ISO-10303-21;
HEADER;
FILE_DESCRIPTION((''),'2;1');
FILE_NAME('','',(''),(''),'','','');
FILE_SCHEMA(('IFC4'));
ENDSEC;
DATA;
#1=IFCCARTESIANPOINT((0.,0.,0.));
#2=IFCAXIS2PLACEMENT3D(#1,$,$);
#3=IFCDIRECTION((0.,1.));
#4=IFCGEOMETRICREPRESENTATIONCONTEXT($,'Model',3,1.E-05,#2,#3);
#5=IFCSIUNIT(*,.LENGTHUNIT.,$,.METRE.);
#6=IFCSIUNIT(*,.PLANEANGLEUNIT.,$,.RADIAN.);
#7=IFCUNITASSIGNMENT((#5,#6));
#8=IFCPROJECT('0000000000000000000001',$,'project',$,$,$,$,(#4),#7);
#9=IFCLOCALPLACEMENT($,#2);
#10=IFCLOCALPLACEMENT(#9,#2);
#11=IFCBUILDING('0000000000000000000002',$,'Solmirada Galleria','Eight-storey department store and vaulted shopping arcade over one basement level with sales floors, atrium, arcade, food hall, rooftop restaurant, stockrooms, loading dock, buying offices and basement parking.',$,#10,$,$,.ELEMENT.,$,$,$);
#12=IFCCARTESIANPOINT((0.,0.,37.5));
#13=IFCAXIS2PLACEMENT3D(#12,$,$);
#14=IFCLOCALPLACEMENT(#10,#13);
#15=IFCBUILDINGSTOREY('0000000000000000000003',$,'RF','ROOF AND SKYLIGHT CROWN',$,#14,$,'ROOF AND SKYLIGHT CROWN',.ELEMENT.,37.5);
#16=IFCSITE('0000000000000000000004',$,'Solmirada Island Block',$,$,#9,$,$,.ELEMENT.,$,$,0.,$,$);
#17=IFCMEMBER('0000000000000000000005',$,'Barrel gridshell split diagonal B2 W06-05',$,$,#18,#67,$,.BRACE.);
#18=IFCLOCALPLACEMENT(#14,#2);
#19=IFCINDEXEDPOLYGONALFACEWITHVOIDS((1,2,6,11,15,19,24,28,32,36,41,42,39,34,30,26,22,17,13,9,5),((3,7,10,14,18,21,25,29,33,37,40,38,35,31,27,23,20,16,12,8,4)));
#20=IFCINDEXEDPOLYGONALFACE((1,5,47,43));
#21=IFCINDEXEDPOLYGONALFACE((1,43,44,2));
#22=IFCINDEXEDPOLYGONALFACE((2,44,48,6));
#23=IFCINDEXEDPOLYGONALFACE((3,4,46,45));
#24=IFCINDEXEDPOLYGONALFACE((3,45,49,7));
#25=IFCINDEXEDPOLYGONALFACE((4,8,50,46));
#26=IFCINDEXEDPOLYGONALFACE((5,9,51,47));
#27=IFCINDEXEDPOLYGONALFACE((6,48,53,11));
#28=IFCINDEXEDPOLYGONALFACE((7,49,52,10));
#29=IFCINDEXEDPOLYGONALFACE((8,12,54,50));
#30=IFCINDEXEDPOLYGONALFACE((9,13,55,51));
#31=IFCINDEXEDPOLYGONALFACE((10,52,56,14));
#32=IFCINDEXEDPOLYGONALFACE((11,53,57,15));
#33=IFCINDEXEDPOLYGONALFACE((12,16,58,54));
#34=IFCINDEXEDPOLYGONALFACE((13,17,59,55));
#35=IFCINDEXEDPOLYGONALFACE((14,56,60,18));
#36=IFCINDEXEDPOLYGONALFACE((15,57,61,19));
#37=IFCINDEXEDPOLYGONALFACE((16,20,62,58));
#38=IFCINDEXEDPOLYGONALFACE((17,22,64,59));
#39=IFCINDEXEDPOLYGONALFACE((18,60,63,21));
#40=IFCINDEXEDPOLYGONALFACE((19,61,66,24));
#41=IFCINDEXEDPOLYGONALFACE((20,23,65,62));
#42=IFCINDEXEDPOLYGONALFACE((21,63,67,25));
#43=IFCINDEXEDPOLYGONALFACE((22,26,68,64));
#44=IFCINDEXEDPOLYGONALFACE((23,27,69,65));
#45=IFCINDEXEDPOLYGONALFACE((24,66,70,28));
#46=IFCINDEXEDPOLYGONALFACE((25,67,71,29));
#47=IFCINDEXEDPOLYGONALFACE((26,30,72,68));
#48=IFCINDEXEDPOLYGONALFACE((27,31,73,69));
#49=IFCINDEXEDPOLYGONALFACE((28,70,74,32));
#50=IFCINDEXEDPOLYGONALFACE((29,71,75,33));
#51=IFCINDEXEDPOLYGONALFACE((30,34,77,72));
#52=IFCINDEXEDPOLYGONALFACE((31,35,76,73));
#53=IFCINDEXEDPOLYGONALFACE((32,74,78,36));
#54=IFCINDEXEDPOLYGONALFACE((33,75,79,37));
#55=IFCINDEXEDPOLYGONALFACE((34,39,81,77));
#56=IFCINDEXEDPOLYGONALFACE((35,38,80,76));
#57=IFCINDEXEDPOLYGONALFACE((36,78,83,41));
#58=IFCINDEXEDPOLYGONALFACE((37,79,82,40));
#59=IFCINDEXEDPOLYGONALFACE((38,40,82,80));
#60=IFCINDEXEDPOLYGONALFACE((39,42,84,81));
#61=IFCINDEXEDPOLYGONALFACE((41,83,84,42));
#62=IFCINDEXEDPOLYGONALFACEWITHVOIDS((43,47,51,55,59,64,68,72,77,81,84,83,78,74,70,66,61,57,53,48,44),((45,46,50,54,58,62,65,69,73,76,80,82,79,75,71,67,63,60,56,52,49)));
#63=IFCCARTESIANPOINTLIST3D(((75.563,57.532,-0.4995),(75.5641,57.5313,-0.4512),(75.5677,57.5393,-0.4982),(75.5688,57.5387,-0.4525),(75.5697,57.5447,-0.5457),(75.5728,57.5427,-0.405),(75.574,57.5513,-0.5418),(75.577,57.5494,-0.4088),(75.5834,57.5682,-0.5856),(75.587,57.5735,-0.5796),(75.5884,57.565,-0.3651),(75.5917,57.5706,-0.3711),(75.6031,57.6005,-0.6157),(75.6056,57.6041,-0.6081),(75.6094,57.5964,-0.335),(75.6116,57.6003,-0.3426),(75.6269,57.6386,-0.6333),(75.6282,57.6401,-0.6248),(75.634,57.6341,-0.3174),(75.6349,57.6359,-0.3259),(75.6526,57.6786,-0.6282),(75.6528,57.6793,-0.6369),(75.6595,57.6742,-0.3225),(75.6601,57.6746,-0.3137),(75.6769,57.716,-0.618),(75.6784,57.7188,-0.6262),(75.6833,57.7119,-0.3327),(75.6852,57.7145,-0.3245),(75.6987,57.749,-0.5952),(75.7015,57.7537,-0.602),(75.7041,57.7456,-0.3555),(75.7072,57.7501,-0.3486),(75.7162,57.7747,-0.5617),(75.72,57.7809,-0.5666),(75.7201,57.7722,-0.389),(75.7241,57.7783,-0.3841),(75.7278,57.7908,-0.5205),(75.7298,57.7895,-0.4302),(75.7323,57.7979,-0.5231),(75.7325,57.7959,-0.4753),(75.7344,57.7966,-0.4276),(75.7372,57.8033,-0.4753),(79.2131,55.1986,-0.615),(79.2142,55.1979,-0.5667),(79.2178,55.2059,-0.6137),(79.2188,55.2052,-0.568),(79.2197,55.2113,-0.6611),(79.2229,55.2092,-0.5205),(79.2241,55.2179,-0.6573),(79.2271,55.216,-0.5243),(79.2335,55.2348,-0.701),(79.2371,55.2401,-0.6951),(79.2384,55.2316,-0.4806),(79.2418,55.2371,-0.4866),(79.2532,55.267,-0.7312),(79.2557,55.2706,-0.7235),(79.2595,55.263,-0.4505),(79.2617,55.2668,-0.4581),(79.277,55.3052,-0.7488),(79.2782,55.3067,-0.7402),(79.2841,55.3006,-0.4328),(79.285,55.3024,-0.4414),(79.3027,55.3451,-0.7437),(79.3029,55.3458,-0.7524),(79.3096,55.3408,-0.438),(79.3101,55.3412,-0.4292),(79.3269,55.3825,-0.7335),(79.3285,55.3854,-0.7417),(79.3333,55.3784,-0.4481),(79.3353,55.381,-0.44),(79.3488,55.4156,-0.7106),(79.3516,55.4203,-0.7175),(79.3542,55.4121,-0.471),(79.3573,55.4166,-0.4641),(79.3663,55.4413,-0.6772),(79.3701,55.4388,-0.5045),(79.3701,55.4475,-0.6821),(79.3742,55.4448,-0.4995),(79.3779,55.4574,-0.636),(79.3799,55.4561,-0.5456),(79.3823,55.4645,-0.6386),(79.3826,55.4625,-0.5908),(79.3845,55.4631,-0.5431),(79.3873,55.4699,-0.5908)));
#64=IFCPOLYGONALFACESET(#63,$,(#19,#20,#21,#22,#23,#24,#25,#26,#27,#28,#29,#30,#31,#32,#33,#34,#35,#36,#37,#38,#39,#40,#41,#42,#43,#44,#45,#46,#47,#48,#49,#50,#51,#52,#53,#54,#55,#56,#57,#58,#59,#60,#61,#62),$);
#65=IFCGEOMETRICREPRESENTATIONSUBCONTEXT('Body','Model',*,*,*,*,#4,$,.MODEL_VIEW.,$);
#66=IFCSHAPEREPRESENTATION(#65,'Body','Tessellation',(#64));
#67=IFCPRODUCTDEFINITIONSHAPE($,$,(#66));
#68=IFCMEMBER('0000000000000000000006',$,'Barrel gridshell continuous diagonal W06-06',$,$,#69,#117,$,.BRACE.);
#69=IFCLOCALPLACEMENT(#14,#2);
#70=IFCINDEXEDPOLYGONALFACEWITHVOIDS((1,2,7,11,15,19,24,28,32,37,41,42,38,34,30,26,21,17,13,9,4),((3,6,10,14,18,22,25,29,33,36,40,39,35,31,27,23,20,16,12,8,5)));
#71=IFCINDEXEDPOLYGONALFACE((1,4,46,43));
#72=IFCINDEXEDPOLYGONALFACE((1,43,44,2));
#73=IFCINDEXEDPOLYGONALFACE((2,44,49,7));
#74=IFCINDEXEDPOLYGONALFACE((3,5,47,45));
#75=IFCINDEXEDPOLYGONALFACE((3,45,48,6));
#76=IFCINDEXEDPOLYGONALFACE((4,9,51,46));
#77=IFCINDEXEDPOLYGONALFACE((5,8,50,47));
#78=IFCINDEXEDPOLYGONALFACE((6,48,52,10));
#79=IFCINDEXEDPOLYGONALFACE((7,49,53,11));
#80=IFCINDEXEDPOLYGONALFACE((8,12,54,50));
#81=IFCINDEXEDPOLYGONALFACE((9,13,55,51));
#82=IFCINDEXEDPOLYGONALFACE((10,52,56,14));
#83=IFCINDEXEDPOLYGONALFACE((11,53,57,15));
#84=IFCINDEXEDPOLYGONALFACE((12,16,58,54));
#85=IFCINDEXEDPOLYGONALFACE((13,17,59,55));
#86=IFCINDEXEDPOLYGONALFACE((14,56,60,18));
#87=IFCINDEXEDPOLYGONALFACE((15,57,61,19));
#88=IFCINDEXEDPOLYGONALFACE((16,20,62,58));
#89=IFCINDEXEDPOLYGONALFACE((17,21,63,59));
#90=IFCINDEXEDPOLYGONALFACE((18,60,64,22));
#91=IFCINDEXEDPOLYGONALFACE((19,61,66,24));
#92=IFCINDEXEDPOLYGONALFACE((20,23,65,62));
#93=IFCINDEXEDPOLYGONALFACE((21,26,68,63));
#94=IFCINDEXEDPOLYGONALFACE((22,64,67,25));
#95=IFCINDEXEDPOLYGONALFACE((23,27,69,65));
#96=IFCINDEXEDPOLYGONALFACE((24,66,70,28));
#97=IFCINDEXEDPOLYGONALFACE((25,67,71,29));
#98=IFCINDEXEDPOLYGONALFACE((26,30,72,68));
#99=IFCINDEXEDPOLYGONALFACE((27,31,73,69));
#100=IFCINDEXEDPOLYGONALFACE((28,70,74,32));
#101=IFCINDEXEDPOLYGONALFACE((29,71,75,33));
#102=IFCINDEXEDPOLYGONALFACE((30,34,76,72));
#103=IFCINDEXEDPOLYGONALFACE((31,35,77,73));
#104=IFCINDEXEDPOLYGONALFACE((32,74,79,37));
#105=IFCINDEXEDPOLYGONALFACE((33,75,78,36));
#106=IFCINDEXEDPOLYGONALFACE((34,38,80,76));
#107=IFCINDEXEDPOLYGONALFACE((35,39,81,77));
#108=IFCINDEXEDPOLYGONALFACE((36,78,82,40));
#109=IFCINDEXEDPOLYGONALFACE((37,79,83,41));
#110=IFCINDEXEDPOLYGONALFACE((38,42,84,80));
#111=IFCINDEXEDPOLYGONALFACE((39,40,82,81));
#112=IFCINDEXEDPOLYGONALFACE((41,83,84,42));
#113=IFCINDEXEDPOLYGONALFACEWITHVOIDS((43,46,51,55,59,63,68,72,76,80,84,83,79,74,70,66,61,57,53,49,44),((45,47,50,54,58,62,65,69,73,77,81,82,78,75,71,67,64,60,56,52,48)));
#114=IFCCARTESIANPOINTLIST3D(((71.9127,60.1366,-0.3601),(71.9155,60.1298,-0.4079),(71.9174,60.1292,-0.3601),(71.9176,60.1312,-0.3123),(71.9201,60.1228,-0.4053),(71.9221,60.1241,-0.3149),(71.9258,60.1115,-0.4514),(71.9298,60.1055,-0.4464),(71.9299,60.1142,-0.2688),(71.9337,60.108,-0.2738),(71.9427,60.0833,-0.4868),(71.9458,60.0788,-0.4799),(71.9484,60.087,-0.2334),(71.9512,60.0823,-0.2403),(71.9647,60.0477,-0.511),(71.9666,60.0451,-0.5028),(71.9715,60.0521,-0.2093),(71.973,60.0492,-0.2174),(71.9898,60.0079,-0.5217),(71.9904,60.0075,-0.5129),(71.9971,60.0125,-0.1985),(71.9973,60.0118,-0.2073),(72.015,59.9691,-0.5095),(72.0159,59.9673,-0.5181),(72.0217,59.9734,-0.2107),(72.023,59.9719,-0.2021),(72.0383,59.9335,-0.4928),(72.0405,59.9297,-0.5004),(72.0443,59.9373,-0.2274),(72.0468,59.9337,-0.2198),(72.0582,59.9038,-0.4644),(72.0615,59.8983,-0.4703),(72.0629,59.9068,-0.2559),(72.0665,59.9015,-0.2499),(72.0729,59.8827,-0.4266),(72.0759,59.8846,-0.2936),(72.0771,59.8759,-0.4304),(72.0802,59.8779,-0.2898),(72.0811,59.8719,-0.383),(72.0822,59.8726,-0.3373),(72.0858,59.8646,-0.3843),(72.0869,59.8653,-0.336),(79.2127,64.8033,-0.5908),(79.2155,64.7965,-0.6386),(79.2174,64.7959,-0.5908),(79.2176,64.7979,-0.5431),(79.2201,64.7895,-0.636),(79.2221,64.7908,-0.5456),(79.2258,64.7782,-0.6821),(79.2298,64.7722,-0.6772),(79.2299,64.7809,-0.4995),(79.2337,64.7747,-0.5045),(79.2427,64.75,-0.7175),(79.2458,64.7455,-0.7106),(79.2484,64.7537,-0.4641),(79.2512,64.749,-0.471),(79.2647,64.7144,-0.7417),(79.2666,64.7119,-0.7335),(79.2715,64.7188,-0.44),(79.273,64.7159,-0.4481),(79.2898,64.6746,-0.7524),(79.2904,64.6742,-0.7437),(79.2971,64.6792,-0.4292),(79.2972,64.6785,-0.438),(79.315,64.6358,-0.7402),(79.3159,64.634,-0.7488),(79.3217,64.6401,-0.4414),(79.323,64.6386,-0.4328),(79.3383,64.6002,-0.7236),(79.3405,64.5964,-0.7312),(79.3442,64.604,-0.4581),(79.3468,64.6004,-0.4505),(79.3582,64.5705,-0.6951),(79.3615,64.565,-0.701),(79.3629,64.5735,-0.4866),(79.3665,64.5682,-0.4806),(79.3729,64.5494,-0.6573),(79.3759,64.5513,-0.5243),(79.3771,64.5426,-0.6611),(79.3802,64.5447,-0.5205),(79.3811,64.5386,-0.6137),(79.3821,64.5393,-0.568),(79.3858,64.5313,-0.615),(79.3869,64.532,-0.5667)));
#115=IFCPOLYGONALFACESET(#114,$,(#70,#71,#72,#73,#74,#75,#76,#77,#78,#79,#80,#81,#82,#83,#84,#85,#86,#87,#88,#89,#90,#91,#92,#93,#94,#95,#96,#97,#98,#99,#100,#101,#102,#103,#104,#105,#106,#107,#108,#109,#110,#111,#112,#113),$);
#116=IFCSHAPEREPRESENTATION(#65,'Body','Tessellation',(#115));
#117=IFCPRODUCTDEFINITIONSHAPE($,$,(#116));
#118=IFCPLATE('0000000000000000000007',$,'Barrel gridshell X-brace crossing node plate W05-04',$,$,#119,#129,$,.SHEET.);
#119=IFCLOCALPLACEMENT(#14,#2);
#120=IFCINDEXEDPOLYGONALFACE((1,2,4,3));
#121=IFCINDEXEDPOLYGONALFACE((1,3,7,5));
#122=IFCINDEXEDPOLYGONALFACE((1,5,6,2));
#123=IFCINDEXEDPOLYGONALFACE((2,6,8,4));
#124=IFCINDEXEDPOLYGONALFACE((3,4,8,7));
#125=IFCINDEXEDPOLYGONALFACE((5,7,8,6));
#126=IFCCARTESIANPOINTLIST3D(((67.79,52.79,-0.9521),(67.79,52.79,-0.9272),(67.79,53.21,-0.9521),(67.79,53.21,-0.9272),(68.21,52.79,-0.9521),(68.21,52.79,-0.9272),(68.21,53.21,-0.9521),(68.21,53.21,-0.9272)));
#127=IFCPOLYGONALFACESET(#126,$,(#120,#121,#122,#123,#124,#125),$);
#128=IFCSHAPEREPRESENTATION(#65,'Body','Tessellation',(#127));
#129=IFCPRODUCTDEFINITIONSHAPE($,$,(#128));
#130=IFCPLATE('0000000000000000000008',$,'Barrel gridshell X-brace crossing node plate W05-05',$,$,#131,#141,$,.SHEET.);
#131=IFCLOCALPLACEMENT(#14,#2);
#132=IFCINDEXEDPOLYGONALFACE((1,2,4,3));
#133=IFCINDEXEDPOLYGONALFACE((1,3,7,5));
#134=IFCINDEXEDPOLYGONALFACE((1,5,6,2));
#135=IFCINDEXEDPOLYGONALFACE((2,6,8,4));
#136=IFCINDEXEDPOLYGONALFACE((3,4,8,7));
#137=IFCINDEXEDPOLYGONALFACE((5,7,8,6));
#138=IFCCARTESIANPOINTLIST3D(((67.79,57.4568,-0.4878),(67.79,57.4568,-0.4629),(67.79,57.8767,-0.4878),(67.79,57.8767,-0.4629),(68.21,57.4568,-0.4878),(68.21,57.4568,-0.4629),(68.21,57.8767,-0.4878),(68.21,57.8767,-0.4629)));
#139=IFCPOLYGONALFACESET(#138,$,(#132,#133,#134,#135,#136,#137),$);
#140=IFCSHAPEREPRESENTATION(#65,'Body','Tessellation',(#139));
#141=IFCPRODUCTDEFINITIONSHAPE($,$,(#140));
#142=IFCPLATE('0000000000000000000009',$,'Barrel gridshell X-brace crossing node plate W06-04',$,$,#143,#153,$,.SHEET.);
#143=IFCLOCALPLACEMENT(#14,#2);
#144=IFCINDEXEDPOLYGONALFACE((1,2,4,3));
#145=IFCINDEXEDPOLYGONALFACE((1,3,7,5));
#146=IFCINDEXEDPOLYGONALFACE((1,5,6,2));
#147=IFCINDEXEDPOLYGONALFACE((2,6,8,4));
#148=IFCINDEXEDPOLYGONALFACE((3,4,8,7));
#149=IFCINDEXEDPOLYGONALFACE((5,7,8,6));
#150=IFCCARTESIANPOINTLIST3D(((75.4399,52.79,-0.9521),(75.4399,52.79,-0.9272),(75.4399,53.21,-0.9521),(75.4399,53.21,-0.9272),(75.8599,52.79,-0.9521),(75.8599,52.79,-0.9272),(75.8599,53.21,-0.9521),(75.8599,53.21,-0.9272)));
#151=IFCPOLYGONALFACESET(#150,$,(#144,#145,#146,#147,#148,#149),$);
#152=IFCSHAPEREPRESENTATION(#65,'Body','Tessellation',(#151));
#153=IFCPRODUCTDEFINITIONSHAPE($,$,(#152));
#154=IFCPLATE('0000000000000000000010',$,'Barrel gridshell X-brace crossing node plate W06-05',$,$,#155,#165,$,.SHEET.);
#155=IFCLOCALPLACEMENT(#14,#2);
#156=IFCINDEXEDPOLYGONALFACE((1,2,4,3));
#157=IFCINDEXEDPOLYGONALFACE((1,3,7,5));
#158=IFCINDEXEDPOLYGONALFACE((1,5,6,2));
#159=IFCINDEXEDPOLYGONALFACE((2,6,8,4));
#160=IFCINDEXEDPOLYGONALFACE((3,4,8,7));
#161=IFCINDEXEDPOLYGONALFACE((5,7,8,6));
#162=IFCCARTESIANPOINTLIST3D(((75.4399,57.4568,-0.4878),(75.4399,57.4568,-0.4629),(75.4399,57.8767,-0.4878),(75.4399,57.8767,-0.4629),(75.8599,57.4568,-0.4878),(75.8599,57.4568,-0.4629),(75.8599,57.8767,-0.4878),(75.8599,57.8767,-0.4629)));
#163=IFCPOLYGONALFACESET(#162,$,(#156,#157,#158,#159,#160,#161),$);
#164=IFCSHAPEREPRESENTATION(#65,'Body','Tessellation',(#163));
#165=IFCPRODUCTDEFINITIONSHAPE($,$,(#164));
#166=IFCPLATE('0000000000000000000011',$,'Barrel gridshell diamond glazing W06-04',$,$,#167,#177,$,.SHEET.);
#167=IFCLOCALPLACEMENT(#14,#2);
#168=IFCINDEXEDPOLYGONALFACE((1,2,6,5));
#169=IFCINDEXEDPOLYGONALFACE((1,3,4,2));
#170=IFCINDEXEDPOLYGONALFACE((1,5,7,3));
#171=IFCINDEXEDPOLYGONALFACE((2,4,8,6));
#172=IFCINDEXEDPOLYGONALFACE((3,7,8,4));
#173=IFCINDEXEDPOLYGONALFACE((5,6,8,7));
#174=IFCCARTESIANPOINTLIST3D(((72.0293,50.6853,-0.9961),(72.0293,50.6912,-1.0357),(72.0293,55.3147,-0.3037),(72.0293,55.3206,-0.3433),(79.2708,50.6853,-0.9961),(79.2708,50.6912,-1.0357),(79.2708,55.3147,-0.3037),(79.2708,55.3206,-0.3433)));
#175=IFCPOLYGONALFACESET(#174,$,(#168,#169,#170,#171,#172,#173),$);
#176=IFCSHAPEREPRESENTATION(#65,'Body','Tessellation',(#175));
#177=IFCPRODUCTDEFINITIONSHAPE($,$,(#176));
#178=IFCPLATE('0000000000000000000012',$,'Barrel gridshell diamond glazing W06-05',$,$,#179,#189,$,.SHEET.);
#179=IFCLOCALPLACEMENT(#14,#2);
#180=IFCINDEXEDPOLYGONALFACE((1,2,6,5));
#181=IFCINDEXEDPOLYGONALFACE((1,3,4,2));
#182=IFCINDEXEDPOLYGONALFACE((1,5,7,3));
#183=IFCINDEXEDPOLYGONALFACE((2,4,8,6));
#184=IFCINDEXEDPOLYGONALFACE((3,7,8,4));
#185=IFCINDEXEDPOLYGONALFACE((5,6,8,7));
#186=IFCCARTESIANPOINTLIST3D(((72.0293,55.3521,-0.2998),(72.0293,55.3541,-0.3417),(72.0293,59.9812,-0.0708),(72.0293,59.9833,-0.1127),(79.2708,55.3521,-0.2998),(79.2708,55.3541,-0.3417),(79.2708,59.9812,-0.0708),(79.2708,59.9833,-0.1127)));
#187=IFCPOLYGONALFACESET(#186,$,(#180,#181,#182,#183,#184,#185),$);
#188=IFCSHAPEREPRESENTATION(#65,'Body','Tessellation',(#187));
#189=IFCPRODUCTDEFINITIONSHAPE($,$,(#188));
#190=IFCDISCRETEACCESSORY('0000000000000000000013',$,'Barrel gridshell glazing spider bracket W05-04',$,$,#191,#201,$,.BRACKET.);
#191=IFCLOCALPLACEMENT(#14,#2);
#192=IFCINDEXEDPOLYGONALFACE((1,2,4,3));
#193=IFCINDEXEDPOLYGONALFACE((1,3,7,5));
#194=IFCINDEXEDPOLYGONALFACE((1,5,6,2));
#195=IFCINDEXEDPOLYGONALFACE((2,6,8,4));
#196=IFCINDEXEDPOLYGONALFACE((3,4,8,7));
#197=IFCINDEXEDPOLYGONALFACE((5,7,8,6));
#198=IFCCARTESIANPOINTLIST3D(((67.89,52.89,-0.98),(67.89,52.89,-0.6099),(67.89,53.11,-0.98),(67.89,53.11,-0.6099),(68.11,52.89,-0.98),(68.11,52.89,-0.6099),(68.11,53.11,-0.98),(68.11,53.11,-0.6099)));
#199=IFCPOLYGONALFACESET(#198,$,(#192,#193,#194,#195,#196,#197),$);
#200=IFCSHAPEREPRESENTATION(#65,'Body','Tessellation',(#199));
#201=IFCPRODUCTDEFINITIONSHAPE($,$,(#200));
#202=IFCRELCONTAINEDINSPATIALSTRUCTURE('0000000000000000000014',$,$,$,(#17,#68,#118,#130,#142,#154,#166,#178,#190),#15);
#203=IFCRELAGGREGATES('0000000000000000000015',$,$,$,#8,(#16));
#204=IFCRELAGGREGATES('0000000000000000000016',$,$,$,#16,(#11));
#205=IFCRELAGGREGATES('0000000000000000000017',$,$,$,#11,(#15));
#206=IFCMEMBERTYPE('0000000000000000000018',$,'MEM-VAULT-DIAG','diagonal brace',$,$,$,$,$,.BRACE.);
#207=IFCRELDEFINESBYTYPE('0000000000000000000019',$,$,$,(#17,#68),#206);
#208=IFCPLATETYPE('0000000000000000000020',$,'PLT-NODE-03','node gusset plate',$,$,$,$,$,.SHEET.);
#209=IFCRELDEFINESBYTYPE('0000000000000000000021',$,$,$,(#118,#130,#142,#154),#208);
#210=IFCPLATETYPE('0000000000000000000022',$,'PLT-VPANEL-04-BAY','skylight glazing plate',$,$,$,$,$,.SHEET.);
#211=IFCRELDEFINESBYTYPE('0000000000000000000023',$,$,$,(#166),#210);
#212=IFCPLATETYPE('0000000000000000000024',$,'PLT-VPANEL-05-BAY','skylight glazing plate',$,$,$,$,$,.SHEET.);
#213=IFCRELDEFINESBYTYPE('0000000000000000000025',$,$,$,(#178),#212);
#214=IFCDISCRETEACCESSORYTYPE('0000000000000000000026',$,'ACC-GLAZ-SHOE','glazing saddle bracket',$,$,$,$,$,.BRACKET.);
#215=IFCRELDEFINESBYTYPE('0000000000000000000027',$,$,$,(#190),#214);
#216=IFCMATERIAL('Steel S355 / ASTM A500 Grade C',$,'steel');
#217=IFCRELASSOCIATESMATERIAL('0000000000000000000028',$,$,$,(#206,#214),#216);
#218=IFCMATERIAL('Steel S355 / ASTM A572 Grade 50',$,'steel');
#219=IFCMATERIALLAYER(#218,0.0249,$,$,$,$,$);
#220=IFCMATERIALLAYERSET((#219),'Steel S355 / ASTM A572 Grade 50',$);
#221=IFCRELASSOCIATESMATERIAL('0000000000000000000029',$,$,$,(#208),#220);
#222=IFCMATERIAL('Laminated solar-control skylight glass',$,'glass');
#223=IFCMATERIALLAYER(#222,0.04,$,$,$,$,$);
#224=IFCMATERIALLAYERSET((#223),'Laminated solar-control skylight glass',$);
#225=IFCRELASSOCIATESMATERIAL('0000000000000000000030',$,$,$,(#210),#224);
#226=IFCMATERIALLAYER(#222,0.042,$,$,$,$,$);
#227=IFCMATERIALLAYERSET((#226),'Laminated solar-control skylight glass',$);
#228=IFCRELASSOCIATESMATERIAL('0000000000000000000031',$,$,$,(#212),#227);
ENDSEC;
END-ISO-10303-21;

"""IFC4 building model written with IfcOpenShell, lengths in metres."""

from ifc_helpers import new_model, si_unit, direction, frame, origin, origin_2d, place, context, subcontext, project, spatial, polyline, rectangle, hollow_circle, outline, extrude, material, layer, layer_set, material_profile, profile_set, type_object, element, save


model = new_model("IFC4")

# Units and contexts
model_context = context("Model", 3, precision=1e-05, world=origin(), true_north=direction((0.0, 1.0)))
body_context = subcontext(model_context, "Body", "Model", "MODEL_VIEW")
ifc_project = project(units=[si_unit("LENGTHUNIT", "METRE"), si_unit("PLANEANGLEUNIT", "RADIAN")], contexts=[model_context])

# Site, building, storey
site_placement = place(None, origin())
site = spatial("IfcSite", under=ifc_project, at=site_placement, Name="Solmirada Island Block", CompositionType="ELEMENT", RefElevation=0.0)
building_placement = place(site_placement, origin())
building = spatial("IfcBuilding", under=site, at=building_placement, Name="Solmirada Galleria", Description="Eight-storey department store and vaulted shopping arcade over one basement level with sales floors, atrium, arcade, food hall, rooftop restaurant, stockrooms, loading dock, buying offices and basement parking.", CompositionType="ELEMENT")
storey_placement = place(building_placement, frame((0.0, 0.0, 37.5)))
storey = spatial("IfcBuildingStorey", under=building, at=storey_placement, Name="RF", Description="ROOF AND SKYLIGHT CROWN", LongName="ROOF AND SKYLIGHT CROWN", CompositionType="ELEMENT", Elevation=37.5)

# Members
ifc_material_1 = material(Name="Steel S355 / ASTM A500 Grade C", Category="steel")
ifc_material_profile_1 = material_profile(ifc_material_1, hollow_circle(Radius=0.1621, WallThickness=0.0088, at=origin_2d()), Name="HSS12.750X0.375")
ifc_profile_set_1 = profile_set([ifc_material_profile_1], Name="Steel S355 / ASTM A500 Grade C")
member_type_1 = type_object("IfcMemberType", Name="MEM-VAULT-DIAG", Description="diagonal brace", PredefinedType="BRACE", material=ifc_profile_set_1)
member_1_placement = place(storey_placement, frame((75.6499, 57.6667, -0.4753), z_axis=(0.842244, -0.538437, -0.026646), x_axis=(0.538628, 0.842544, 0.0)))
element("IfcMember", 1, at=member_1_placement, inside=storey, type_object=member_type_1, Name="Barrel gridshell split diagonal B2 W06-05", PredefinedType="BRACE", context=body_context, shape_type="SweptSolid", body=[
    extrude(hollow_circle(Radius=0.1621, WallThickness=0.0088, at=origin_2d()), origin(), (0.0, 0.0, 1.0), 4.3337),
])
member_2_placement = place(storey_placement, frame((72.0, 60.0, -0.3601), z_axis=(0.84225, 0.53843, -0.026619), x_axis=(-0.538621, 0.842548, 0.0)))
element("IfcMember", 2, at=member_2_placement, inside=storey, type_object=member_type_1, Name="Barrel gridshell continuous diagonal W06-06", PredefinedType="BRACE", context=body_context, shape_type="SweptSolid", body=[
    extrude(hollow_circle(Radius=0.1621, WallThickness=0.0088, at=origin_2d()), origin(), (0.0, 0.0, 1.0), 8.6672),
])

# Plates
ifc_material_2 = material(Name="Steel S355 / ASTM A572 Grade 50", Category="steel")
ifc_layer_1 = layer(ifc_material_2, 0.0249)
ifc_layer_set_1 = layer_set([ifc_layer_1], Name="Steel S355 / ASTM A572 Grade 50")
plate_type_1 = type_object("IfcPlateType", Name="PLT-NODE-03", Description="node gusset plate", PredefinedType="SHEET", material=ifc_layer_set_1)
for number, where, z_axis, x_axis, name in (
    (3, (68.0, 53.0, -0.9521), (0.0, 0.0, 1.0), (1.0, 0.0, 0.0), "Barrel gridshell X-brace crossing node plate W05-04"),
    (4, (68.0, 57.6667, -0.4878), (0.0, 0.0, 1.0), (1.0, 0.0, 0.0), "Barrel gridshell X-brace crossing node plate W05-05"),
    (5, (75.6499, 53.0, -0.9521), (0.0, 0.0, 1.0), (1.0, 0.0, 0.0), "Barrel gridshell X-brace crossing node plate W06-04"),
    (6, (75.6499, 57.6667, -0.4878), (0.0, 0.0, 1.0), (1.0, 0.0, 0.0), "Barrel gridshell X-brace crossing node plate W06-05"),
):
    element("IfcPlate", number, at=place(storey_placement, frame(where, z_axis=z_axis, x_axis=x_axis)), inside=storey, type_object=plate_type_1, Name=name, PredefinedType="SHEET", context=body_context, shape_type="SweptSolid", body=[
        extrude(rectangle(XDim=0.4199, YDim=0.4199, at=origin_2d()), origin(), (0.0, 0.0, 1.0), 0.0249),
    ])
ifc_material_3 = material(Name="Laminated solar-control skylight glass", Category="glass")
ifc_layer_2 = layer(ifc_material_3, 0.04)
ifc_layer_set_2 = layer_set([ifc_layer_2], Name="Laminated solar-control skylight glass")
plate_type_2 = type_object("IfcPlateType", Name="PLT-VPANEL-04-BAY", Description="skylight glazing plate", PredefinedType="SHEET", material=ifc_layer_set_2)
plate_1_placement = place(storey_placement, frame((72.0293, 50.6853, -0.9961), z_axis=(0.0, -0.147917, 0.989), x_axis=(1.0, 0.0, 0.0)))
element("IfcPlate", 7, at=plate_1_placement, inside=storey, type_object=plate_type_2, Name="Barrel gridshell diamond glazing W06-04", PredefinedType="SHEET", context=body_context, shape_type="SweptSolid", body=[
    extrude(outline(polyline([(0.0, 0.0), (7.2415, 0.0), (7.2415, 4.6809), (0.0, 4.6809), (0.0, 0.0)])), origin(), (0.0, 0.0, -1.0), 0.04),
])
ifc_layer_3 = layer(ifc_material_3, 0.042)
ifc_layer_set_3 = layer_set([ifc_layer_3], Name="Laminated solar-control skylight glass")
plate_type_3 = type_object("IfcPlateType", Name="PLT-VPANEL-05-BAY", Description="skylight glazing plate", PredefinedType="SHEET", material=ifc_layer_set_3)
plate_2_placement = place(storey_placement, frame((72.0293, 55.3521, -0.2998), z_axis=(0.0, -0.04941, 0.998779), x_axis=(1.0, 0.0, 0.0)))
element("IfcPlate", 8, at=plate_2_placement, inside=storey, type_object=plate_type_3, Name="Barrel gridshell diamond glazing W06-05", PredefinedType="SHEET", context=body_context, shape_type="SweptSolid", body=[
    extrude(outline(polyline([(0.0, 0.0), (7.2415, 0.0), (7.2415, 4.6348), (0.0, 4.6348), (0.0, 0.0)])), origin(), (0.0, 0.0, -1.0), 0.042),
])

# Discrete accessory
discrete_accessory_type = type_object("IfcDiscreteAccessoryType", Name="ACC-GLAZ-SHOE", Description="glazing saddle bracket", PredefinedType="BRACKET", material=ifc_material_1)
for number, where, z_axis, x_axis, name in (
    (9, (68.0, 53.0, -0.98), (0.0, 0.0, 1.0), (1.0, 0.0, 0.0), "Barrel gridshell glazing spider bracket W05-04"),
):
    element("IfcDiscreteAccessory", number, at=place(storey_placement, frame(where, z_axis=z_axis, x_axis=x_axis)), inside=storey, type_object=discrete_accessory_type, Name=name, PredefinedType="BRACKET", context=body_context, shape_type="SweptSolid", body=[
        extrude(rectangle(XDim=0.22, YDim=0.22, at=origin_2d()), origin(), (0.0, 0.0, 1.0), 0.3701),
    ])

save(model, "model.ifc")
